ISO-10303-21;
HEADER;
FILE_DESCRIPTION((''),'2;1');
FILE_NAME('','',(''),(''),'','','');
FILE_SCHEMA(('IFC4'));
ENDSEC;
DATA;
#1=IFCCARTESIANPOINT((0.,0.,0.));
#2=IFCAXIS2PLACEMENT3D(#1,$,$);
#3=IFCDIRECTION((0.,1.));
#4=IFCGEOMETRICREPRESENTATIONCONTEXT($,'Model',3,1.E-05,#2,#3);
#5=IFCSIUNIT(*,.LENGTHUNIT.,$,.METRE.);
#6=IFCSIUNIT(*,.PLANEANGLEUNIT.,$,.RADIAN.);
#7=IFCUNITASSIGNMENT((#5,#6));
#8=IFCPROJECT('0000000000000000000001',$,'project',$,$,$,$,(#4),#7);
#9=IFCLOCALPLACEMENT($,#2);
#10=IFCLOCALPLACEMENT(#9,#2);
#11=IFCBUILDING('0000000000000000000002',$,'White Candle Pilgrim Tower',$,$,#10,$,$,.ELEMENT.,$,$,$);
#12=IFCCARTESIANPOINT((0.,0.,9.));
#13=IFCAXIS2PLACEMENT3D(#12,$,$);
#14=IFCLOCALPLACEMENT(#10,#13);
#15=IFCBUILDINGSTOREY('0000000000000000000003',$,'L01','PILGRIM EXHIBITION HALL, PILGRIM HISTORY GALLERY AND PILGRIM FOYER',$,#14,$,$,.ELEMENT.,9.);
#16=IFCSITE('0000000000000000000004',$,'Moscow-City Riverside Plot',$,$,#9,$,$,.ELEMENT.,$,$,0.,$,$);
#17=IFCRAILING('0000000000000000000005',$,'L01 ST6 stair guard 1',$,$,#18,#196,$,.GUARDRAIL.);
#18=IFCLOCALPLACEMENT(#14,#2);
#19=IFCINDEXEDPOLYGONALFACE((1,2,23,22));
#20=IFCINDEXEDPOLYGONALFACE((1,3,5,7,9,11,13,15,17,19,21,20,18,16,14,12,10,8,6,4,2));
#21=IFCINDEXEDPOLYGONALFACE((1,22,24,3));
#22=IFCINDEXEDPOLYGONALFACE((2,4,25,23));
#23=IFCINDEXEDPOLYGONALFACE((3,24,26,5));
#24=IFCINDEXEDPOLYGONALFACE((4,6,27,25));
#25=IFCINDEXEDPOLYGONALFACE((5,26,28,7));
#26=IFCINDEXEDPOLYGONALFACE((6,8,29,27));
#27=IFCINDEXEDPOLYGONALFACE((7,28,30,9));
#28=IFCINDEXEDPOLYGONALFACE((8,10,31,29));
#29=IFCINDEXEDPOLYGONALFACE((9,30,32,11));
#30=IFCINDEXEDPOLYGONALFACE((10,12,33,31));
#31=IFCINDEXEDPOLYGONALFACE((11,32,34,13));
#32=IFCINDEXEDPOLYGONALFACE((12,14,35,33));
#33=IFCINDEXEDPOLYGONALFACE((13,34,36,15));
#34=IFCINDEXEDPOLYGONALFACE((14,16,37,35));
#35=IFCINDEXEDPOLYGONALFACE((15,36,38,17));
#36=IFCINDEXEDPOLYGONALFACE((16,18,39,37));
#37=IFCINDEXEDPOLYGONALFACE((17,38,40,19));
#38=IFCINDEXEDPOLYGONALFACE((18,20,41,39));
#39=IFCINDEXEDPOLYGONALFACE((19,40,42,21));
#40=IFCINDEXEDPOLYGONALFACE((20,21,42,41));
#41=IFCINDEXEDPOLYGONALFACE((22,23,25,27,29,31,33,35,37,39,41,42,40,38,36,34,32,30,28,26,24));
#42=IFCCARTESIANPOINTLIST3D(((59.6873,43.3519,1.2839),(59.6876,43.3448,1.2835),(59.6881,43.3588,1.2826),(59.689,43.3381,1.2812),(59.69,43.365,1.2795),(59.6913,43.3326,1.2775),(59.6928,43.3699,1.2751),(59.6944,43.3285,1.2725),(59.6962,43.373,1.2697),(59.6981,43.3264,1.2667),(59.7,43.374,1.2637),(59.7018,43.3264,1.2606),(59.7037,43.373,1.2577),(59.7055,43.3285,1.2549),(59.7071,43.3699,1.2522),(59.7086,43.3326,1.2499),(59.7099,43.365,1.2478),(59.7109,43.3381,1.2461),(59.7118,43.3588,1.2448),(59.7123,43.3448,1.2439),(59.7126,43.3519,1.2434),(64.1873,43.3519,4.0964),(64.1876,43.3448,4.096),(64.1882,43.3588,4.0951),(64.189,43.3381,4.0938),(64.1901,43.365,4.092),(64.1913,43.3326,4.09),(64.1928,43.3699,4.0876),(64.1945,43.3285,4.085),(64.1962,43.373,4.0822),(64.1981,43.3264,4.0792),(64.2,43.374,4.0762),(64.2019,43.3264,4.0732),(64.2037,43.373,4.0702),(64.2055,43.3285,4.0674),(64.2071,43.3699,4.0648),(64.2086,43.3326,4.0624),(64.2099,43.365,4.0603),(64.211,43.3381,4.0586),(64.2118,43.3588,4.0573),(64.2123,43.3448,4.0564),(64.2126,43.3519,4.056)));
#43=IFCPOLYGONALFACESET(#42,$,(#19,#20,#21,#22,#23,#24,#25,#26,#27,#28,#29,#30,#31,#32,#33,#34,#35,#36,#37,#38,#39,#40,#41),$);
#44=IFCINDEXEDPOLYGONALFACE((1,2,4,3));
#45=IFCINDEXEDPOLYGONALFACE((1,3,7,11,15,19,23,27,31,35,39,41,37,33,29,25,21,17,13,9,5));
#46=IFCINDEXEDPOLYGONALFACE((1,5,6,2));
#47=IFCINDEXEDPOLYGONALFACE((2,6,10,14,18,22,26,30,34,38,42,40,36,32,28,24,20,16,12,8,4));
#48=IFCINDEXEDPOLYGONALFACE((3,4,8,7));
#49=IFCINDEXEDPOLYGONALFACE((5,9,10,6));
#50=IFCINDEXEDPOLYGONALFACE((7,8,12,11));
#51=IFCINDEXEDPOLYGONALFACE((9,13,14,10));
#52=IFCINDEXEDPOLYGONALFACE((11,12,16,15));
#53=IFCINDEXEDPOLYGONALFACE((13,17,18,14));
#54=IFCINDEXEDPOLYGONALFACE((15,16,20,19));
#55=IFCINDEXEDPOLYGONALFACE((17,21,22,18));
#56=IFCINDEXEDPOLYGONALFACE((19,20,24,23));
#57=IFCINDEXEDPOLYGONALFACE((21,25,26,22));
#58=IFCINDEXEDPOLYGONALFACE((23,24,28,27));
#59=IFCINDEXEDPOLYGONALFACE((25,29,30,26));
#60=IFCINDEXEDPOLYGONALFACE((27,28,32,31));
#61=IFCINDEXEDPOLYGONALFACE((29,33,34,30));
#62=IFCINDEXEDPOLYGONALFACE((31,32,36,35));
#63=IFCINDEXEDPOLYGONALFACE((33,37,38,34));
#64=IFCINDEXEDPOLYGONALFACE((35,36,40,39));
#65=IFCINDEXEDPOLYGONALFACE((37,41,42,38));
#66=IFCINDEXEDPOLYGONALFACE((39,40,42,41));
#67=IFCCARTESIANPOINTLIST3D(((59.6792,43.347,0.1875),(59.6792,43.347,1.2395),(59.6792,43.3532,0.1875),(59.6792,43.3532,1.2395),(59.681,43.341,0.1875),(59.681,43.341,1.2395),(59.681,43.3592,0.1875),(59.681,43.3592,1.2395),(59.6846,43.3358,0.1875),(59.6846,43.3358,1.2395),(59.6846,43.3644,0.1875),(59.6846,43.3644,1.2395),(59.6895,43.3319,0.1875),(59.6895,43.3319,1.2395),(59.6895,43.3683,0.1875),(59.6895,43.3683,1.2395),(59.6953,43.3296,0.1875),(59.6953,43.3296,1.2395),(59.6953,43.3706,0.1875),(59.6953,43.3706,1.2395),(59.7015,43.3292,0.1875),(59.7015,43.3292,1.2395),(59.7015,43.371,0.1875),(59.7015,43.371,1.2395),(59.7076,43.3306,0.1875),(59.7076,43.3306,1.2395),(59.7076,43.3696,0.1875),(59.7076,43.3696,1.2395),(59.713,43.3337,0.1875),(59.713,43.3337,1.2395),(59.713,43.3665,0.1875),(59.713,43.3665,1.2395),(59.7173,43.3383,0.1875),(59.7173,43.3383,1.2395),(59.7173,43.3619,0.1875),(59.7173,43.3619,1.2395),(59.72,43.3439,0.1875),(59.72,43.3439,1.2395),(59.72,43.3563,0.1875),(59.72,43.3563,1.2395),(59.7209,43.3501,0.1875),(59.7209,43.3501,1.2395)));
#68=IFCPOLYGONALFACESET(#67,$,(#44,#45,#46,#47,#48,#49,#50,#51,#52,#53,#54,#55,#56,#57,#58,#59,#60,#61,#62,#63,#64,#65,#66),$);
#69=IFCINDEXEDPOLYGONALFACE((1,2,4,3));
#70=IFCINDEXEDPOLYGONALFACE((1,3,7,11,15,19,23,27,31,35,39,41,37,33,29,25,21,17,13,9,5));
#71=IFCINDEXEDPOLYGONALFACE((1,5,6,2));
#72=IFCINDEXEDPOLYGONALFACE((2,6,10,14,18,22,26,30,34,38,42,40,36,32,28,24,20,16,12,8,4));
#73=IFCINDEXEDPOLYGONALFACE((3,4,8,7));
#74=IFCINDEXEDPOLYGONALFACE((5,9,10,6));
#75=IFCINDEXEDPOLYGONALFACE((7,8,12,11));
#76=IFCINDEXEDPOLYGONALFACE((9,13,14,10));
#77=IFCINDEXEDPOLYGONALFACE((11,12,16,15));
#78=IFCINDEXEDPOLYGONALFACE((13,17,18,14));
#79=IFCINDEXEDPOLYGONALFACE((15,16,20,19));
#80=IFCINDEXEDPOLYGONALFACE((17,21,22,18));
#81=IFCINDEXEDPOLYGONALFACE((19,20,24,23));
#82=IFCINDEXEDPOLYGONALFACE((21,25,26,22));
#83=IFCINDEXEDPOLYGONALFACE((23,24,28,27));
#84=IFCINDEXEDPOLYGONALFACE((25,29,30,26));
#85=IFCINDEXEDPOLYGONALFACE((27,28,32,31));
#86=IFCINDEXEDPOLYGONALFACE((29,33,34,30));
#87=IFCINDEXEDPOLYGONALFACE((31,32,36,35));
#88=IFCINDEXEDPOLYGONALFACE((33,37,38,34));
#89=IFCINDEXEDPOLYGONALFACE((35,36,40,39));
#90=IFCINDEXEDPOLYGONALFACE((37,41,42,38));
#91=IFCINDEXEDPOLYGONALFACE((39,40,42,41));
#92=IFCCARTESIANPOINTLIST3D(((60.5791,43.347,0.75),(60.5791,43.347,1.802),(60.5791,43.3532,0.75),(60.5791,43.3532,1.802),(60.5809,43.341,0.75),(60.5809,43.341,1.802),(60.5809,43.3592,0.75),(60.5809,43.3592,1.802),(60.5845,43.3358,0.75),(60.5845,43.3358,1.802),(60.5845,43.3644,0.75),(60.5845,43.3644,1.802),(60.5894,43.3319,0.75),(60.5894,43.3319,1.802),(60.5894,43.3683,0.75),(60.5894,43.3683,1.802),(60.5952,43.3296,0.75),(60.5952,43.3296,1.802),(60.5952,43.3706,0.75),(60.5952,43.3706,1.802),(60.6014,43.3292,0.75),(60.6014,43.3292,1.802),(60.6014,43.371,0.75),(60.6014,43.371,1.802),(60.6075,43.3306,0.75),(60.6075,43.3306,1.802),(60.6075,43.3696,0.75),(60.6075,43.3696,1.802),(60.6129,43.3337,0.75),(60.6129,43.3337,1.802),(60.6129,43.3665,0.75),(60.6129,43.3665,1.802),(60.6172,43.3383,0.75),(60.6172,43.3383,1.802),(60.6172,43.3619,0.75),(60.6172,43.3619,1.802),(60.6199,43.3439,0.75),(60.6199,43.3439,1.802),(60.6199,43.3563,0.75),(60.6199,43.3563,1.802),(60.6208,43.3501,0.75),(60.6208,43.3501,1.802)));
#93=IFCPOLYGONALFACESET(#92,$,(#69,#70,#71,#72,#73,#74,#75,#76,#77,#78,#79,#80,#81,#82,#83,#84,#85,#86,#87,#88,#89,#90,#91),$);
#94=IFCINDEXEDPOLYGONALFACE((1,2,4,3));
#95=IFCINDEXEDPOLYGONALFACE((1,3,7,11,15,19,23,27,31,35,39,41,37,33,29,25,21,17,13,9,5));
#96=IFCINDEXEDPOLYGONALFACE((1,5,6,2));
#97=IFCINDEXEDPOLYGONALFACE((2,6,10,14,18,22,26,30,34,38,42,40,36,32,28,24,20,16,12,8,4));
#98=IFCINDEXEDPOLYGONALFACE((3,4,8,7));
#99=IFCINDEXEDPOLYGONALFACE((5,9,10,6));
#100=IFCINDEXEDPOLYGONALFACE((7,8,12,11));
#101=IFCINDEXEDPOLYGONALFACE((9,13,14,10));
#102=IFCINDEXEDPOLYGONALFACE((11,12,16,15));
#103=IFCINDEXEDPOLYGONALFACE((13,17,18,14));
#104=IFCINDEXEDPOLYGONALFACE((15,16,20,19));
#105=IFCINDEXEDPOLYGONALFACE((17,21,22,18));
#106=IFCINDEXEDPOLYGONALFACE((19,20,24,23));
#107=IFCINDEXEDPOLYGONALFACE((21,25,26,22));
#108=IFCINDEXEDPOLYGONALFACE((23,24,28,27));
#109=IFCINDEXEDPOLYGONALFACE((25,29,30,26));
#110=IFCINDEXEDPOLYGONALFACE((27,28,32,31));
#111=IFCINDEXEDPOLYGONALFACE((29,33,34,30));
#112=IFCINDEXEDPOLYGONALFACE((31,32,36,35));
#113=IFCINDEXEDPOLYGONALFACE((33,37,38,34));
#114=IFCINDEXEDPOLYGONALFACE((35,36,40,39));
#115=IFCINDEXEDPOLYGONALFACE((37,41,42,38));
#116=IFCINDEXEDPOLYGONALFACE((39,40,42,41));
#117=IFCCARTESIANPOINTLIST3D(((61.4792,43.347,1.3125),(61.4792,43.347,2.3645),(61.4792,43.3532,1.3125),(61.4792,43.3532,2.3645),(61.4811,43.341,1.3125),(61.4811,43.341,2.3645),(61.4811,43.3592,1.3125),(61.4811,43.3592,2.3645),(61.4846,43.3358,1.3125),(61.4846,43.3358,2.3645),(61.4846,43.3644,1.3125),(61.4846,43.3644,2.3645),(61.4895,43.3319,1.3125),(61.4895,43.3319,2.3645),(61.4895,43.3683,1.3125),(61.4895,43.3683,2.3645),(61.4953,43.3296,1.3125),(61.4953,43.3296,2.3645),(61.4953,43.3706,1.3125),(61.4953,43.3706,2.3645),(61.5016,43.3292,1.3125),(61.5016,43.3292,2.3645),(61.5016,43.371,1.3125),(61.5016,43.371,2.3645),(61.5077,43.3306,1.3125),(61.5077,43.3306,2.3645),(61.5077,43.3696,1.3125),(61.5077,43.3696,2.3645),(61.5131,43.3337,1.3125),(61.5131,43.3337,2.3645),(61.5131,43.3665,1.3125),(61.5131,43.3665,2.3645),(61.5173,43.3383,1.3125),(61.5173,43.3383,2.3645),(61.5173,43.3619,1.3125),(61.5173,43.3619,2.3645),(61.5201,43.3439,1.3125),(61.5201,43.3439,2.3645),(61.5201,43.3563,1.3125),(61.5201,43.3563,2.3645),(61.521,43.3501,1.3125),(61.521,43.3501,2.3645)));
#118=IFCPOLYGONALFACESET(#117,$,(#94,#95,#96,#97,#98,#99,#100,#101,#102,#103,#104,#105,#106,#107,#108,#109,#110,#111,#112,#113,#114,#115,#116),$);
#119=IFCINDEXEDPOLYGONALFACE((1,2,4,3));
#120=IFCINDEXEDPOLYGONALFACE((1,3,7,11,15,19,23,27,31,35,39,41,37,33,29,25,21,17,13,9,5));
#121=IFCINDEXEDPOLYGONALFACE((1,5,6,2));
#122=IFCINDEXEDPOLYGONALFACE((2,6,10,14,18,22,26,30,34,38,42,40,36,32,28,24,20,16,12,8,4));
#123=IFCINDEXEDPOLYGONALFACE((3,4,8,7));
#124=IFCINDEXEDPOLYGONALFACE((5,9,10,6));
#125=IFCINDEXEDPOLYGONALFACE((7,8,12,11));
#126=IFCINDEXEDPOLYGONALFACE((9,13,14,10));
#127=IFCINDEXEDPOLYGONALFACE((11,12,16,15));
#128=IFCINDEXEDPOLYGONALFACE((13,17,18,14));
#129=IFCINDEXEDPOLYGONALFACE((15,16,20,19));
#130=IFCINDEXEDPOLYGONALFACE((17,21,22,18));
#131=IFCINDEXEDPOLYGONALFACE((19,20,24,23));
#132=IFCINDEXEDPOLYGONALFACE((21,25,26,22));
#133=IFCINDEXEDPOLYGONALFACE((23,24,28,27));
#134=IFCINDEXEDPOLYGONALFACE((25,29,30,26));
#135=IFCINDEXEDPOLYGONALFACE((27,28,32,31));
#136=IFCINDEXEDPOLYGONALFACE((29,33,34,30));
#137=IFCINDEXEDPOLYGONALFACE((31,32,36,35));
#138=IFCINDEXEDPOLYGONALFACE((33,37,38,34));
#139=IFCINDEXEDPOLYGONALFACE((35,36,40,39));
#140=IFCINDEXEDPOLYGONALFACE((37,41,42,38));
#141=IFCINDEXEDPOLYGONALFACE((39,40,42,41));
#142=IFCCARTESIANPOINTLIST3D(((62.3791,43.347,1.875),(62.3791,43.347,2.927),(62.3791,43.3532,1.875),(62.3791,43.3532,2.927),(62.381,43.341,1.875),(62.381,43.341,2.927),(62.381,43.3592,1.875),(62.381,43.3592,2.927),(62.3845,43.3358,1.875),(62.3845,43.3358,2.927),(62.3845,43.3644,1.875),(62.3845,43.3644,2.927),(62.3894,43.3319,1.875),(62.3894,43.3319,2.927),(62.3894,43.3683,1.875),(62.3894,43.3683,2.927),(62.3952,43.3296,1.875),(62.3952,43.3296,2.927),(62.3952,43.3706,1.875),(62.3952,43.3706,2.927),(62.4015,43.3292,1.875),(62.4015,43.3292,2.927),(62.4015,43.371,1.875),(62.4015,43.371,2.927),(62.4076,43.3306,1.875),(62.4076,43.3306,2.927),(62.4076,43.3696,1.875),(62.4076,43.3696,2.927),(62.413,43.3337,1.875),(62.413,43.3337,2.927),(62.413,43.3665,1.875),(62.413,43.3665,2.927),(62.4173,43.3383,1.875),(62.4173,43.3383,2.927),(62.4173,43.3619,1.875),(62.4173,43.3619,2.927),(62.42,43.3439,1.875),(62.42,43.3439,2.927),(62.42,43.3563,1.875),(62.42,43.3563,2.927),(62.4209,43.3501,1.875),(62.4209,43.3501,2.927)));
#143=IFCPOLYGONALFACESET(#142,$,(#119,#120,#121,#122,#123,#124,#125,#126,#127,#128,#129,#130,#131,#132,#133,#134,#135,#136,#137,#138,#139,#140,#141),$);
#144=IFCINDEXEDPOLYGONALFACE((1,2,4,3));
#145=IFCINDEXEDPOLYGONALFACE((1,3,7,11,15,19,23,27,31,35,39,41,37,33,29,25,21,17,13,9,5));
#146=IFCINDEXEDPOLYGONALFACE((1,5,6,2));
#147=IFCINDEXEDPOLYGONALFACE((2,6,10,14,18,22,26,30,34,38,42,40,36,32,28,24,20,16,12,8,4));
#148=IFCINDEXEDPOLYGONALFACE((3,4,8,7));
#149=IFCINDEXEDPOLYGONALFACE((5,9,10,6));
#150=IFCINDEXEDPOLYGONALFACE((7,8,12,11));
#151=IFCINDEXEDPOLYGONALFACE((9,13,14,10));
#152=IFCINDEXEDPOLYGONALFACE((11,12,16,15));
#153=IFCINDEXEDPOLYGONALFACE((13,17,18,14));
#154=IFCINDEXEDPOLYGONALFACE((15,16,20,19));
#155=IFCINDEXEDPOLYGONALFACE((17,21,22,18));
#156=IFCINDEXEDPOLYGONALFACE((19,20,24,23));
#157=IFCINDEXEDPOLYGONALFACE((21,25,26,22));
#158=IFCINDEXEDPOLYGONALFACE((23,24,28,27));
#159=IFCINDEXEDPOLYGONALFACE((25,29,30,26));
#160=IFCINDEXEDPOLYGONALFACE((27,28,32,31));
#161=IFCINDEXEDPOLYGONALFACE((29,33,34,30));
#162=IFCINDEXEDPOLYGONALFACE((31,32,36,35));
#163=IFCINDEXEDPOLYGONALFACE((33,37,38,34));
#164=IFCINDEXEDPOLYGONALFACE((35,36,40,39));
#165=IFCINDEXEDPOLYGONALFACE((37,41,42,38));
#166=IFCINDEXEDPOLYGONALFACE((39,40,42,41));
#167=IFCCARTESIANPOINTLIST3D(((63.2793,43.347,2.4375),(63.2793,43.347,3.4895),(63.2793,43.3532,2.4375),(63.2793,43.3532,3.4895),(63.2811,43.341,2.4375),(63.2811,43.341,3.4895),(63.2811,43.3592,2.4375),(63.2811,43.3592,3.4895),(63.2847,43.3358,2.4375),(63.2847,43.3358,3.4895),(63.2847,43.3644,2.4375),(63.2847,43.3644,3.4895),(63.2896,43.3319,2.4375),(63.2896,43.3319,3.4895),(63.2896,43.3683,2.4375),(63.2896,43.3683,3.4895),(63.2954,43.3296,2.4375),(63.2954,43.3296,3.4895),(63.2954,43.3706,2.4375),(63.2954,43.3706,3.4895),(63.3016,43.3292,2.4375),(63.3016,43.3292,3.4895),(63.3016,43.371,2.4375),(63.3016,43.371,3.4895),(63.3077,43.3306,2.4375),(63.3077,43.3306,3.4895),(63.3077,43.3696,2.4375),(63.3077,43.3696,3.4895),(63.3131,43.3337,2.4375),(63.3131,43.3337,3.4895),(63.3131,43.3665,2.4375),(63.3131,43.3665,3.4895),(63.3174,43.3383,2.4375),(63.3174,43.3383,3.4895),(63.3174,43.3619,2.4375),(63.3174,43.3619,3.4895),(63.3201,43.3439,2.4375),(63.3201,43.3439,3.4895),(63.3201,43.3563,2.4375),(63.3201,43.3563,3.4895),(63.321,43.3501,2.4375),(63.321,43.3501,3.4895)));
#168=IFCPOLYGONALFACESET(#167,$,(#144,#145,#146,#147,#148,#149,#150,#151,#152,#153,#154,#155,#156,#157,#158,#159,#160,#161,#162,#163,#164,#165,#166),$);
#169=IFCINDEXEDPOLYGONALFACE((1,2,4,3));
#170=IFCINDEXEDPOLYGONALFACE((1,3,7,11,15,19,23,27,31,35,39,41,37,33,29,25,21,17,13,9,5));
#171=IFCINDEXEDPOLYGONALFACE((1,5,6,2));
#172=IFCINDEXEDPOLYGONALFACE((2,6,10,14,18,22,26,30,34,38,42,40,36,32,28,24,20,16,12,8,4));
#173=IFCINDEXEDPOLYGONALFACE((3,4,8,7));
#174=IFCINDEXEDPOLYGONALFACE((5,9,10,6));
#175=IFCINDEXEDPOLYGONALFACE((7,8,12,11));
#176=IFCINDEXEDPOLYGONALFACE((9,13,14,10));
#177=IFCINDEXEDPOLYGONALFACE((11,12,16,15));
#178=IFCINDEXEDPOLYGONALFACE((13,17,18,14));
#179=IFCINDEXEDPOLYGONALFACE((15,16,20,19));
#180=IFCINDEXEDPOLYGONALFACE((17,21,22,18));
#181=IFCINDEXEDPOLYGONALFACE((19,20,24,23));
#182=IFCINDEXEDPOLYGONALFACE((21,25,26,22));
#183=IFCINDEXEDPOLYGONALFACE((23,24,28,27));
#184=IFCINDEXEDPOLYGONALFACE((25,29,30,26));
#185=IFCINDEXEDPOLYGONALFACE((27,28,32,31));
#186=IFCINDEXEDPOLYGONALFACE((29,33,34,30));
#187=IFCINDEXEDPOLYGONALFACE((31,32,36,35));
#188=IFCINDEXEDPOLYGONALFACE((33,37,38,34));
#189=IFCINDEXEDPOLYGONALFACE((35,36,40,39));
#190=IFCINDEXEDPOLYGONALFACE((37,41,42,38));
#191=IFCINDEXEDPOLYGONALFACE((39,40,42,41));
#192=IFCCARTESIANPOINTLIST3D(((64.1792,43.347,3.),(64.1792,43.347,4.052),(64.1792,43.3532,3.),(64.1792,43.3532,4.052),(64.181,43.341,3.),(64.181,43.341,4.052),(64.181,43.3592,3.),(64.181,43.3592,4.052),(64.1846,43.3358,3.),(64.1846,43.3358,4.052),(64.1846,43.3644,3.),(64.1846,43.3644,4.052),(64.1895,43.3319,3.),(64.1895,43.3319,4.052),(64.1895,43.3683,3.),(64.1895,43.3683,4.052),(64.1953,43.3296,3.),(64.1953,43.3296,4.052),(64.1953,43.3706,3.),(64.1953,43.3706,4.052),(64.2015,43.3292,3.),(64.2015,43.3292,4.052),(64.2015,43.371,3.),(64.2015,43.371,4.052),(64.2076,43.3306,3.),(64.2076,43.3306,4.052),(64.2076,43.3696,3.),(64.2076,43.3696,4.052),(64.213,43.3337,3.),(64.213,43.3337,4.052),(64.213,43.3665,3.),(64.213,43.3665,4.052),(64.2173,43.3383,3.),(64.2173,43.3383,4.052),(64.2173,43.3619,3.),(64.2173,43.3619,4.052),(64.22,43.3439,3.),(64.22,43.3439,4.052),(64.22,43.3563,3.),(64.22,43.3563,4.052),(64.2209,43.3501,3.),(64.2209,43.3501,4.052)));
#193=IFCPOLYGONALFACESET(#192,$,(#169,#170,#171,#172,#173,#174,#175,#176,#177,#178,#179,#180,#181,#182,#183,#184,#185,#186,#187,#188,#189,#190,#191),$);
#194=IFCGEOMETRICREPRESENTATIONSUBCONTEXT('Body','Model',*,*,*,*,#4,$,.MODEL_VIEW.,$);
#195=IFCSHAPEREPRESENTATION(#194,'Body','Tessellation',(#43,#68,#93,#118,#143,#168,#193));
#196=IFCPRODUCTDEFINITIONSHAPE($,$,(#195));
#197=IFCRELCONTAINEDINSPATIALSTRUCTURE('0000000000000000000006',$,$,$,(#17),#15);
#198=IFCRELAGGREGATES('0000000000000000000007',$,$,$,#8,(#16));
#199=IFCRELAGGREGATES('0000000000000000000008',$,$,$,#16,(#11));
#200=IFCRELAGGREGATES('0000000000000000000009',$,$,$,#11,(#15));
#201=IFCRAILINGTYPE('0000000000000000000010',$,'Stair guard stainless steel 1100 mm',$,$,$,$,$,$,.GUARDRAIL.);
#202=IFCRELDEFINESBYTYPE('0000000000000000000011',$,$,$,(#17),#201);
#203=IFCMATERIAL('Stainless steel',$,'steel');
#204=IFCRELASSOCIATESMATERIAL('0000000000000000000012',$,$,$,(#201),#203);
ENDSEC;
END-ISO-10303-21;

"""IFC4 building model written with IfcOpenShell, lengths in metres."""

from ifc_helpers import new_model, si_unit, direction, frame, origin, origin_2d, place, context, subcontext, project, spatial, circle, extrude, material, type_object, element, save


model = new_model("IFC4")

# Units and contexts
model_context = context("Model", 3, precision=1e-05, world=origin(), true_north=direction((0.0, 1.0)))
body_context = subcontext(model_context, "Body", "Model", "MODEL_VIEW")
ifc_project = project(units=[si_unit("LENGTHUNIT", "METRE"), si_unit("PLANEANGLEUNIT", "RADIAN")], contexts=[model_context])

# Site, building, storey
site_placement = place(None, origin())
site = spatial("IfcSite", under=ifc_project, at=site_placement, Name="Moscow-City Riverside Plot", CompositionType="ELEMENT", RefElevation=0.0)
building_placement = place(site_placement, origin())
building = spatial("IfcBuilding", under=site, at=building_placement, Name="White Candle Pilgrim Tower", CompositionType="ELEMENT")
storey_placement = place(building_placement, frame((0.0, 0.0, 9.0)))
storey = spatial("IfcBuildingStorey", under=building, at=storey_placement, Name="L01", Description="PILGRIM EXHIBITION HALL, PILGRIM HISTORY GALLERY AND PILGRIM FOYER", CompositionType="ELEMENT", Elevation=9.0)

# Railing
ifc_material_1 = material(Name="Stainless steel", Category="steel")
railing_type_1 = type_object("IfcRailingType", Name="Stair guard stainless steel 1100 mm", PredefinedType="GUARDRAIL", material=ifc_material_1)
railing_1_placement = place(storey_placement, frame((59.7, 43.3501, 0.1875)))
element("IfcRailing", 1, at=railing_1_placement, inside=storey, type_object=railing_type_1, Name="L01 ST6 stair guard 1", PredefinedType="GUARDRAIL", context=body_context, shape_type="SweptSolid", body=[
    extrude(circle(Radius=0.0239, at=origin_2d()), frame((0.0, 0.0, 1.0762), z_axis=(0.847998, 0.0, 0.529999), x_axis=(0.0, 1.0, 0.0)), (0.0, 0.0, 1.0), 5.3066),
    extrude(circle(Radius=0.021, at=origin_2d()), origin(), (0.0, 0.0, 1.0), 1.052),
    extrude(circle(Radius=0.021, at=origin_2d()), frame((0.8999, 0.0, 0.5625)), (0.0, 0.0, 1.0), 1.052),
    extrude(circle(Radius=0.021, at=origin_2d()), frame((1.8, 0.0, 1.125)), (0.0, 0.0, 1.0), 1.052),
    extrude(circle(Radius=0.021, at=origin_2d()), frame((2.7, 0.0, 1.6875)), (0.0, 0.0, 1.0), 1.052),
    extrude(circle(Radius=0.021, at=origin_2d()), frame((3.6001, 0.0, 2.25)), (0.0, 0.0, 1.0), 1.052),
    extrude(circle(Radius=0.021, at=origin_2d()), frame((4.5, 0.0, 2.8125)), (0.0, 0.0, 1.0), 1.052),
])

save(model, "model.ifc")
